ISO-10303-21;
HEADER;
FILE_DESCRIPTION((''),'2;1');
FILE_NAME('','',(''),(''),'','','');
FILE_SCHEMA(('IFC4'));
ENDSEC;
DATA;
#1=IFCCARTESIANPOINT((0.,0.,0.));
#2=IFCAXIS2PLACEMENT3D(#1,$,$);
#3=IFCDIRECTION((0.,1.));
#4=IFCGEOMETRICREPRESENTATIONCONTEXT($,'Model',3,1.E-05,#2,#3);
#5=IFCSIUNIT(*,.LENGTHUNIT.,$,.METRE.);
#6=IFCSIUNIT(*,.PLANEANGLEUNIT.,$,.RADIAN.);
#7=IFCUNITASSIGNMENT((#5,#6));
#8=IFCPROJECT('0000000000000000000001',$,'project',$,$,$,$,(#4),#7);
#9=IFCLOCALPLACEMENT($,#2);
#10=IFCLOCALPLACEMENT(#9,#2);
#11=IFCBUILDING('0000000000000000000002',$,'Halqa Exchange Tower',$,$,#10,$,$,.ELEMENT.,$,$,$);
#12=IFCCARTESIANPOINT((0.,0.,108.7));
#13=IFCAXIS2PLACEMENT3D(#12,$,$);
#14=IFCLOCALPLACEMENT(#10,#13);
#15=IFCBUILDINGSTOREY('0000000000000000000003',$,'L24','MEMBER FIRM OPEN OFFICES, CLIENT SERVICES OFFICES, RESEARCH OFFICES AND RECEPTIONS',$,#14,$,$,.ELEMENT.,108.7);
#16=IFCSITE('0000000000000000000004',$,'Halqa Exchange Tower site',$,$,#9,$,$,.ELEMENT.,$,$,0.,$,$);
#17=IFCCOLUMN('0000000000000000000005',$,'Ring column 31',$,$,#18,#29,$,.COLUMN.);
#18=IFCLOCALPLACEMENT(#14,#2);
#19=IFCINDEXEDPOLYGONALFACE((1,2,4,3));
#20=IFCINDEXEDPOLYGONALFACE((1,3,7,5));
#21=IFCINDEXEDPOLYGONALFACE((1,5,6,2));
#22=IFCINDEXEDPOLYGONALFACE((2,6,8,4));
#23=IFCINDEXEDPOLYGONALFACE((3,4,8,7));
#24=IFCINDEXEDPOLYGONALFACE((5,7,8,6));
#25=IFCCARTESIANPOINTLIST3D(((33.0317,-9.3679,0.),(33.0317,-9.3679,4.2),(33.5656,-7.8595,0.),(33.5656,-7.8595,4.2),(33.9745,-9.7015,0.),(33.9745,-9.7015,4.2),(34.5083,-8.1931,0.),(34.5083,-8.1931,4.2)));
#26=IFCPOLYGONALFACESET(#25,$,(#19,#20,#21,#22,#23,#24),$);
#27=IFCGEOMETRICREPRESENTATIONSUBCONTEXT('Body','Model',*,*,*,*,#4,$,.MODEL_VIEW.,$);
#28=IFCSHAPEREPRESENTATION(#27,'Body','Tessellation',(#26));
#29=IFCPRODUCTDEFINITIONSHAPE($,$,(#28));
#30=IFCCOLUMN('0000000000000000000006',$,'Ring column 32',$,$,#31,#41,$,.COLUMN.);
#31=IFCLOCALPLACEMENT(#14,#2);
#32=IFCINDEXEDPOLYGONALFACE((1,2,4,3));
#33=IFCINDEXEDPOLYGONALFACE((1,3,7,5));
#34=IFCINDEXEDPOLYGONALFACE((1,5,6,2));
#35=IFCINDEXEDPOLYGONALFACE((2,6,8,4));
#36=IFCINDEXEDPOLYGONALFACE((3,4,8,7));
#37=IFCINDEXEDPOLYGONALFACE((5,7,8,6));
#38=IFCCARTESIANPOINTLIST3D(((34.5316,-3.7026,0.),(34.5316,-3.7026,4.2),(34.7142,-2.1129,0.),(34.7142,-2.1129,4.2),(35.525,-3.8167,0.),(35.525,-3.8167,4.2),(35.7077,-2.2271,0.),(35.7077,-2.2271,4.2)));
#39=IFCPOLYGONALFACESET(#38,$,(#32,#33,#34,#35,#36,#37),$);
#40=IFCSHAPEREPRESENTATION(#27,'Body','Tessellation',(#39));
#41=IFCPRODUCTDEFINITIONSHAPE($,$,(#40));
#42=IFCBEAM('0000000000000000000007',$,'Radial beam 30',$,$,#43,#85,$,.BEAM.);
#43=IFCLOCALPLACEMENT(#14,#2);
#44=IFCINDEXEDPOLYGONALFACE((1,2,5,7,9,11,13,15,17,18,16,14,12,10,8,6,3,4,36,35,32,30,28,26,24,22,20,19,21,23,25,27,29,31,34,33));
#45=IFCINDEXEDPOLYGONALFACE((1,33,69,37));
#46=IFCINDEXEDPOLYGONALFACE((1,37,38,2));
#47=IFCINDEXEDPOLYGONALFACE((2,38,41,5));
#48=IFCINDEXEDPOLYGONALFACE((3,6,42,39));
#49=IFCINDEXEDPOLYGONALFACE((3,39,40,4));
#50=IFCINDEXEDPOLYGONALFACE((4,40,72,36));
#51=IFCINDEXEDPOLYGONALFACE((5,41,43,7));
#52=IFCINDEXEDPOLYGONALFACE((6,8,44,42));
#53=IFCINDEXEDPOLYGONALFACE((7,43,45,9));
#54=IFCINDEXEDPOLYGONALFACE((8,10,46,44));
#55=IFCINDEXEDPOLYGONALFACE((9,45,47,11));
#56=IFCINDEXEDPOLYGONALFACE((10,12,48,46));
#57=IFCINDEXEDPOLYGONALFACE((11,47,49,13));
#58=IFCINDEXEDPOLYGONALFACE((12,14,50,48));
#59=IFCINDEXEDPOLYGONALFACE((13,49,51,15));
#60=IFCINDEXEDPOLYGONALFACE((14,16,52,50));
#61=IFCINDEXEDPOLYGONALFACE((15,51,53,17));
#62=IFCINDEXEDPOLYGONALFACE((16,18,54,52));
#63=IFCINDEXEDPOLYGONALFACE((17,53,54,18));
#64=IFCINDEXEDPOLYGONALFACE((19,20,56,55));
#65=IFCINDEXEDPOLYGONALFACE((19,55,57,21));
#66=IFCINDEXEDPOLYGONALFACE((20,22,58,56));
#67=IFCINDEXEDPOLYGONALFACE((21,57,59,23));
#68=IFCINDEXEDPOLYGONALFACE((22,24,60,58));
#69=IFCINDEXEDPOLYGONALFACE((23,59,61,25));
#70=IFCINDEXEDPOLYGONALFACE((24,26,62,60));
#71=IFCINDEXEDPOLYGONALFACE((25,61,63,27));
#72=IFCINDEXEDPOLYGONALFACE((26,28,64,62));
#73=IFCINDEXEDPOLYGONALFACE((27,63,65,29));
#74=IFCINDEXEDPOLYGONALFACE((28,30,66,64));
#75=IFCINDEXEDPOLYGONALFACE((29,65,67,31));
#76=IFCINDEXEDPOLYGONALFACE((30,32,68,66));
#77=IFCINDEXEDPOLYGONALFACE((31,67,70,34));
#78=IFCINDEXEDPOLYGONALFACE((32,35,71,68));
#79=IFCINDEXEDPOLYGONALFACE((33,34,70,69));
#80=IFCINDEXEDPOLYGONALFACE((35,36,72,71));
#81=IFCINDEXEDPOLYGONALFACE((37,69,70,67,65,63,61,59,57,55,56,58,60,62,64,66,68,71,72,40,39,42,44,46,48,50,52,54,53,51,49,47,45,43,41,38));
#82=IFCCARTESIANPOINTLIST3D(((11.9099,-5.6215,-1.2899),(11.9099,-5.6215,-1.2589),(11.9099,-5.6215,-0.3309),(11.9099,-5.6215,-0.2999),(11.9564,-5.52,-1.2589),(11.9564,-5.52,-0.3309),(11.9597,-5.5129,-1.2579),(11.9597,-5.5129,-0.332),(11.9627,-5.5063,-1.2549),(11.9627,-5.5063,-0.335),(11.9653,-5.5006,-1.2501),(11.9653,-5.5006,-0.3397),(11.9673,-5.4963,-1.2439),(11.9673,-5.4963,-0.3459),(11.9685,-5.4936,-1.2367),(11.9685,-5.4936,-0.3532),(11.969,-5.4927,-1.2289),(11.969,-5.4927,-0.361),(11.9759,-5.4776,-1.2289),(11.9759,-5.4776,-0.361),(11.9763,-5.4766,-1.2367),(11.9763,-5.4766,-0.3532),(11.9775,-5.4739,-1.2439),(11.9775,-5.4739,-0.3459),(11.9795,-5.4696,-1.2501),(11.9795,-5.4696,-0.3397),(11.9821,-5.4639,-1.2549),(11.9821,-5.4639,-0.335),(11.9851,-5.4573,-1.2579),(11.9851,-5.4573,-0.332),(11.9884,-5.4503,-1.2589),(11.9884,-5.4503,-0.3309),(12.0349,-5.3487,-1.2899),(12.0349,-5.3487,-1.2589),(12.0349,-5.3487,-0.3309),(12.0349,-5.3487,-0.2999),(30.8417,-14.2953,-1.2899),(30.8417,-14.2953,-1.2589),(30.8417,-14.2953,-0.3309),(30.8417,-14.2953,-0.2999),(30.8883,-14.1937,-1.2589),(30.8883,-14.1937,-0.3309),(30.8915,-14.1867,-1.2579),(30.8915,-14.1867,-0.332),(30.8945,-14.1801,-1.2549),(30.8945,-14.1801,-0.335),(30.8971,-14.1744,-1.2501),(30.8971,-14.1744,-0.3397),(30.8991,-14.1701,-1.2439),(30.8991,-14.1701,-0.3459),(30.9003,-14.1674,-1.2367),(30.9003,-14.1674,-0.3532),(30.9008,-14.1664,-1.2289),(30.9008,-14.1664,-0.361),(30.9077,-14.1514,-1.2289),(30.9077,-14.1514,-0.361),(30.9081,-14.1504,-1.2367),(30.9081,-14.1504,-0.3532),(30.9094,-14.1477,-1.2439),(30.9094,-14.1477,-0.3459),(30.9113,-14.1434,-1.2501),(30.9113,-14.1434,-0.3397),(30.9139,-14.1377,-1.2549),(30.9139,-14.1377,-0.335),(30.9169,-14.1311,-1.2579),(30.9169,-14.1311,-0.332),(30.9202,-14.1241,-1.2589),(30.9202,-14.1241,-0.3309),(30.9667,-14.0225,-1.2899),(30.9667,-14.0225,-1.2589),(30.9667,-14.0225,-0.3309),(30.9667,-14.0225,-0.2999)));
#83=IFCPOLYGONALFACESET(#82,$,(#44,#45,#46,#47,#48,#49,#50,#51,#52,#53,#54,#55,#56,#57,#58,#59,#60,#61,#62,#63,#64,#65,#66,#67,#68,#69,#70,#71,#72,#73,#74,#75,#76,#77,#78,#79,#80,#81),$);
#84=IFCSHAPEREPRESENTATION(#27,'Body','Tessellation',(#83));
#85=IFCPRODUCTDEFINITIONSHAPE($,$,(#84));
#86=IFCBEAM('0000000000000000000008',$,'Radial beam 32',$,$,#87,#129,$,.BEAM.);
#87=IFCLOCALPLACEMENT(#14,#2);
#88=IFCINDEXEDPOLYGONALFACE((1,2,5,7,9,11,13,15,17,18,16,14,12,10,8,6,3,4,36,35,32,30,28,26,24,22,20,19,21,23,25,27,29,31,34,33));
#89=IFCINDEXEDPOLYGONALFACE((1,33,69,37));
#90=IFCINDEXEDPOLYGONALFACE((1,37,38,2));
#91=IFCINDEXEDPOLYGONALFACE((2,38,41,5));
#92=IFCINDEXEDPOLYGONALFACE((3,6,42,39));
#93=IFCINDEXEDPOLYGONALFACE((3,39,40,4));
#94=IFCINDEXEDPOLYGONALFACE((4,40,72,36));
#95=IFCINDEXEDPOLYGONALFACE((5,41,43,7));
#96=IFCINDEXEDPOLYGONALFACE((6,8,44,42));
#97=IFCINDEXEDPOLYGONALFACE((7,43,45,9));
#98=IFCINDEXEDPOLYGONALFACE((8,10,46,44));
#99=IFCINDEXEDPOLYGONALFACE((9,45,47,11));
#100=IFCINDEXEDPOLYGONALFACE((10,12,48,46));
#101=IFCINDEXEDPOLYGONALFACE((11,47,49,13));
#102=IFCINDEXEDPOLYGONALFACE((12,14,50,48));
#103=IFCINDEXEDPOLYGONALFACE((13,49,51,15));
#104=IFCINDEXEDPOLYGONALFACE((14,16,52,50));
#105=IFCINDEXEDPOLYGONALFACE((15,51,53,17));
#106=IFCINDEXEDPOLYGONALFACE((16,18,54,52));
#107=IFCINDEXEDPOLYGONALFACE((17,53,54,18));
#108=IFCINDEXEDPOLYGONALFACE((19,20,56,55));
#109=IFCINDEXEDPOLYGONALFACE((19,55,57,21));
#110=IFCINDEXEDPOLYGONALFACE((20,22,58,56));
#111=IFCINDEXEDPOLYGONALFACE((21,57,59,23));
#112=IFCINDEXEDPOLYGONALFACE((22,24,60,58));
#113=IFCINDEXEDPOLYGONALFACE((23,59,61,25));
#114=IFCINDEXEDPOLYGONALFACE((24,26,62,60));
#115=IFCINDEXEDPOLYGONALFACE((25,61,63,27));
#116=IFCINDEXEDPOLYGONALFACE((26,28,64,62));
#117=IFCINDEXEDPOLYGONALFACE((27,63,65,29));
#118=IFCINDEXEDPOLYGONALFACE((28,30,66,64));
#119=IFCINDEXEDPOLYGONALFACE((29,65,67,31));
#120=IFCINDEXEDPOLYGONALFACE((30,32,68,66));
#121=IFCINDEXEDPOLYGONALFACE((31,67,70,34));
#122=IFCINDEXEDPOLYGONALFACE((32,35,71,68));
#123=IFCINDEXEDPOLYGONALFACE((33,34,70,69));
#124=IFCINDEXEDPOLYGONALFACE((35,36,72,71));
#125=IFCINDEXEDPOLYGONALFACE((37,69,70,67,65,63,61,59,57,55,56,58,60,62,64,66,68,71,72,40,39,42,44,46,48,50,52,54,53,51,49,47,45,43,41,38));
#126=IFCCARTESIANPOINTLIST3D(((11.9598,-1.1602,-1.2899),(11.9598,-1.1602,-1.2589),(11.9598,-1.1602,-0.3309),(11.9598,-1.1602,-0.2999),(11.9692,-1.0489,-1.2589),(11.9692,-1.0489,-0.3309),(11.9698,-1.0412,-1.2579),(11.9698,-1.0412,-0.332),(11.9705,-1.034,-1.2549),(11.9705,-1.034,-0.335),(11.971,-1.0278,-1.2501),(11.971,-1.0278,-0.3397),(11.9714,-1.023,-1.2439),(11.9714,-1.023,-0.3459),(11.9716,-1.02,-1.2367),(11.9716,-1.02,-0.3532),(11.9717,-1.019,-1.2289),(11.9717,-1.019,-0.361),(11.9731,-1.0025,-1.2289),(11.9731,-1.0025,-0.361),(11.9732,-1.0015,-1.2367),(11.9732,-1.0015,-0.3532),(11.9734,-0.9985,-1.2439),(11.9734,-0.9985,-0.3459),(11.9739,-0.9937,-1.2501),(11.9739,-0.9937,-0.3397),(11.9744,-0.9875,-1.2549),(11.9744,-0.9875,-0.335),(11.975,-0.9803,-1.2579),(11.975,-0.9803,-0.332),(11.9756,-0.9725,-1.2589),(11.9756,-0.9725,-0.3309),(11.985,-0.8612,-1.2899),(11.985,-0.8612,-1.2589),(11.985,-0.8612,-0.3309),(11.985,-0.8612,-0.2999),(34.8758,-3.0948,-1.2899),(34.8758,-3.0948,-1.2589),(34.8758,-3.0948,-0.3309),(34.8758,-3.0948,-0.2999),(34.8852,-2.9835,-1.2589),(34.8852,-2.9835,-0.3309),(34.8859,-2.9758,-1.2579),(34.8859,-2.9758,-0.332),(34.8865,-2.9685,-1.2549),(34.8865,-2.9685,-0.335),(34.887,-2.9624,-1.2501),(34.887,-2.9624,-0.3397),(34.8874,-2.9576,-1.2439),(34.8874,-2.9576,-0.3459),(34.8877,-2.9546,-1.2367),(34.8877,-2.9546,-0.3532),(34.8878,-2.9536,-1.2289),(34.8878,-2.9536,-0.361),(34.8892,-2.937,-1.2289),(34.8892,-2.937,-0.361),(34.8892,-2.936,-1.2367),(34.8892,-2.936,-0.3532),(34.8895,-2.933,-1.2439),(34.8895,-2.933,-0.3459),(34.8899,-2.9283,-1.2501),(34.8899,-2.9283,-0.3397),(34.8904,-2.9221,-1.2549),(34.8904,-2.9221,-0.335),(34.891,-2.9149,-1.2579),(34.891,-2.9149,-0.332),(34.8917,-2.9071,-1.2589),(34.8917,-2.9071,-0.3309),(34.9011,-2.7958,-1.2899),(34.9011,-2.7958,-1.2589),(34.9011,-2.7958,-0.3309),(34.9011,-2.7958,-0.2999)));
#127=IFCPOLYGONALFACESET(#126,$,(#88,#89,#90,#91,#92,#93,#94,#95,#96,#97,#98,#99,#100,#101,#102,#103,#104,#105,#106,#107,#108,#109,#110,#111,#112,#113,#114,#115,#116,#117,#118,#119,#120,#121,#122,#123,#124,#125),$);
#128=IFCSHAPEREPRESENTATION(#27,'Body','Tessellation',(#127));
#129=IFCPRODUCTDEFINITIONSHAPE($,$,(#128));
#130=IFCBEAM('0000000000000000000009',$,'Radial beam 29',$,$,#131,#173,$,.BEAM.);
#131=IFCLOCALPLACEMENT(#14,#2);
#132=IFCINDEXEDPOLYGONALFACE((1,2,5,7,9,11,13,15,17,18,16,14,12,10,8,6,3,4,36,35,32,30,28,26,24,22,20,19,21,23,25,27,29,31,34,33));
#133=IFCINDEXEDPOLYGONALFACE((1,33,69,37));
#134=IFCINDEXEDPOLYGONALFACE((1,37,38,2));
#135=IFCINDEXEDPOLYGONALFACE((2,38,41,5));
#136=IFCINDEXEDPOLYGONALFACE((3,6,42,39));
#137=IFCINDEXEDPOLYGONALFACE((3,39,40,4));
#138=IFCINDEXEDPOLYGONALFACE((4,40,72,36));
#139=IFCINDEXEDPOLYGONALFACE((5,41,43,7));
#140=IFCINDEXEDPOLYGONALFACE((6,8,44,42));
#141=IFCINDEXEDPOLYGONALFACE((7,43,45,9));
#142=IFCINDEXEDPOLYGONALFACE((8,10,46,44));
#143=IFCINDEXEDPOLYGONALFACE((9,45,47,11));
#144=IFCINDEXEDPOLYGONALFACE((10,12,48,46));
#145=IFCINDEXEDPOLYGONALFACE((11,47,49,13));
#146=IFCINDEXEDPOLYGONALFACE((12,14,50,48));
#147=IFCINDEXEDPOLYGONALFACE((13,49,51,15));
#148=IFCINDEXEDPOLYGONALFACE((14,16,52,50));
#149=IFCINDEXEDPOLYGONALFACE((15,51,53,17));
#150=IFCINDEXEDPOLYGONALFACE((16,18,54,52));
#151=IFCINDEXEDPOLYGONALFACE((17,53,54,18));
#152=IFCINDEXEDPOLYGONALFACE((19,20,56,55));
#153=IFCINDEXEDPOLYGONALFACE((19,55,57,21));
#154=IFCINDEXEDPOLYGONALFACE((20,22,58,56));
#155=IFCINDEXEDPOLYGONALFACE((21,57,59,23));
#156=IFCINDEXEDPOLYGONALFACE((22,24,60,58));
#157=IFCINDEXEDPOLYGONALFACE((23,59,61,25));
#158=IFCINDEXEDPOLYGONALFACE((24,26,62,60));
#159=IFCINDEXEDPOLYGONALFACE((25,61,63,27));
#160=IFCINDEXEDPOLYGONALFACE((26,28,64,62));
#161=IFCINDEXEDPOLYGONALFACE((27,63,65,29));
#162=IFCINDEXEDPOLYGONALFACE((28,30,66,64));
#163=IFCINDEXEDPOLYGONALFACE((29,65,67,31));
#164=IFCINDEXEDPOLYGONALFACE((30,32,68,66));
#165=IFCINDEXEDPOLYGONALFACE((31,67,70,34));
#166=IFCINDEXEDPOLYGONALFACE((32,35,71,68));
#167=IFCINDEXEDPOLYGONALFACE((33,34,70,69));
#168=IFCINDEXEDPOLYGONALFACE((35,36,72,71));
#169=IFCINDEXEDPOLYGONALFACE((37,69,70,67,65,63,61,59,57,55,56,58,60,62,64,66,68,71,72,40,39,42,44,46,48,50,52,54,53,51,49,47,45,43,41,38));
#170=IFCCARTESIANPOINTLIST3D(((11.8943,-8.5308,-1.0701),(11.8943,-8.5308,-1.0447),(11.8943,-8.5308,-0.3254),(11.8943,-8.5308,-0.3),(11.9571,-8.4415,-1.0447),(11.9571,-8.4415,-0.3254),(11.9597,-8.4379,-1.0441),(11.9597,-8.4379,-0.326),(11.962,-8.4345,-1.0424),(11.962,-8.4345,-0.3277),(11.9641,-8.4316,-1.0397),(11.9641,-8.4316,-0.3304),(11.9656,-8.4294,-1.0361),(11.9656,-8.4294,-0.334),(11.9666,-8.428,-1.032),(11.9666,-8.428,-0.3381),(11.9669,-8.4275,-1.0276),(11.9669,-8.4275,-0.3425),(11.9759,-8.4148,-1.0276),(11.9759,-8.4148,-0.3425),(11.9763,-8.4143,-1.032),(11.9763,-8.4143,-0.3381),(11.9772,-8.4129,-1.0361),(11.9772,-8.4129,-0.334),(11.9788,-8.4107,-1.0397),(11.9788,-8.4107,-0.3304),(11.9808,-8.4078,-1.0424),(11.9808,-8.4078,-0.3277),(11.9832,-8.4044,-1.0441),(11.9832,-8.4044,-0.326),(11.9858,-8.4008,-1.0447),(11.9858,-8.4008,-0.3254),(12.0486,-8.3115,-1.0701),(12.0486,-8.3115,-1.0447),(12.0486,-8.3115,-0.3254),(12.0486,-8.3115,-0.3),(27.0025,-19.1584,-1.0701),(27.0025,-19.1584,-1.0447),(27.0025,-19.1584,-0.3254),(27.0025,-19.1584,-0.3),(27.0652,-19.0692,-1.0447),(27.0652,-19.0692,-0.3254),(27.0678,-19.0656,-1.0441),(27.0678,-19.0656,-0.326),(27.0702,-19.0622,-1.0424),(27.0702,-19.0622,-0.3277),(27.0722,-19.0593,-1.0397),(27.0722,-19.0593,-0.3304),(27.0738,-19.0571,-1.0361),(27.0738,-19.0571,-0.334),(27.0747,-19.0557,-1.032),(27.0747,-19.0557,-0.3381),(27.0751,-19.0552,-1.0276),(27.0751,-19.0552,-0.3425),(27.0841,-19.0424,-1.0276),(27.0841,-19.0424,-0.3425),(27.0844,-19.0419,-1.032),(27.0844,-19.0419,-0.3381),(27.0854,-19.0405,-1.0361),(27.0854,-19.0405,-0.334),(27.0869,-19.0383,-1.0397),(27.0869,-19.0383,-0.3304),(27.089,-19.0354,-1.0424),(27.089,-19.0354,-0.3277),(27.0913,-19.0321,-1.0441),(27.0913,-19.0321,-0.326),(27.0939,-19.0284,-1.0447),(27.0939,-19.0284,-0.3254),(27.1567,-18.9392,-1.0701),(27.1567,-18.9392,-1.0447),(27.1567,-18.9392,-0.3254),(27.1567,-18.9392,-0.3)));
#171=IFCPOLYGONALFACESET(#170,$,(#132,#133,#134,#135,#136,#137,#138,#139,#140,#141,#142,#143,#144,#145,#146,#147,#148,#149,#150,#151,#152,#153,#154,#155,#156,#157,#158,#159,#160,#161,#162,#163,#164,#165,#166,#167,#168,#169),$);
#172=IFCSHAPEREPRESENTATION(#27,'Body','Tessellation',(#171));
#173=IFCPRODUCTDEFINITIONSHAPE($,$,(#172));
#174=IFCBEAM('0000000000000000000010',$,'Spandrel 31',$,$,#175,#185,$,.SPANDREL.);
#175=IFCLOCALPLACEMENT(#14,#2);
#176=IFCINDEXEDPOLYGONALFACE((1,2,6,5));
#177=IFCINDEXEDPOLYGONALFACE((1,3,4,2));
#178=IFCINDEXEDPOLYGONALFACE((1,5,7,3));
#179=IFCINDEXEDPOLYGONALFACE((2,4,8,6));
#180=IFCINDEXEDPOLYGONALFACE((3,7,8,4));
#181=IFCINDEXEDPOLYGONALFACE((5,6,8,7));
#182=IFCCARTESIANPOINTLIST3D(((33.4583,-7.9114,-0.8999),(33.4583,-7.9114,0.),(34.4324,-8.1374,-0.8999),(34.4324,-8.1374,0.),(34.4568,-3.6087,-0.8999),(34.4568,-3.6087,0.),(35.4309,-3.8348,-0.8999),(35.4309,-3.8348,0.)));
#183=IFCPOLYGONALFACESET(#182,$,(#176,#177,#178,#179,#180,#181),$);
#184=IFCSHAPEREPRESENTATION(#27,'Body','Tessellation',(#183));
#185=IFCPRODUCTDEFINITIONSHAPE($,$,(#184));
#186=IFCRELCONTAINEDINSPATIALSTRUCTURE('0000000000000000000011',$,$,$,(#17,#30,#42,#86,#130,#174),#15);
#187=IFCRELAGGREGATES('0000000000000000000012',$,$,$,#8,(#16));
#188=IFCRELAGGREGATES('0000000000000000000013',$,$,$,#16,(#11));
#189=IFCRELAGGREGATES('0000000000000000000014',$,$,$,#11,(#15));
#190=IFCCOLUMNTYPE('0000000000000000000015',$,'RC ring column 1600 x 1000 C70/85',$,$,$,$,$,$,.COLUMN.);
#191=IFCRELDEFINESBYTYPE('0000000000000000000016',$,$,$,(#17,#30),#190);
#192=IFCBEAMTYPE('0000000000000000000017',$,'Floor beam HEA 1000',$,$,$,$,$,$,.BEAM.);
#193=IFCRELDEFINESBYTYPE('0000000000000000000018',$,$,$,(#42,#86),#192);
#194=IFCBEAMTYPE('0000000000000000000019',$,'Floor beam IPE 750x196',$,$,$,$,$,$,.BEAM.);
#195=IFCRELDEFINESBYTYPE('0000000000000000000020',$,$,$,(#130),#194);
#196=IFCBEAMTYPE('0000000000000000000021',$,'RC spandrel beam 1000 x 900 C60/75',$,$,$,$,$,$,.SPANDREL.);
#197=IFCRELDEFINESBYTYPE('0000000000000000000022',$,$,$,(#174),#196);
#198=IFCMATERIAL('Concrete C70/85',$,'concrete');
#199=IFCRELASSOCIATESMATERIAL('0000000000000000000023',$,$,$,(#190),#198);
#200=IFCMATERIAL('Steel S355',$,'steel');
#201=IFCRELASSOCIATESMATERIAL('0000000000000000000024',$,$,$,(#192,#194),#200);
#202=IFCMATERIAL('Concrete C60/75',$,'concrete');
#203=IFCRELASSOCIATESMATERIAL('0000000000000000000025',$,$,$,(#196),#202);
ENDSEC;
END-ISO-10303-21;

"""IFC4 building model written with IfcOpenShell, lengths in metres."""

from ifc_helpers import new_model, si_unit, direction, frame, origin, origin_2d, place, context, subcontext, project, spatial, rectangle, i_section, extrude, material, material_profile, profile_set, type_object, element, save


model = new_model("IFC4")

# Units and contexts
model_context = context("Model", 3, precision=1e-05, world=origin(), true_north=direction((0.0, 1.0)))
body_context = subcontext(model_context, "Body", "Model", "MODEL_VIEW")
ifc_project = project(units=[si_unit("LENGTHUNIT", "METRE"), si_unit("PLANEANGLEUNIT", "RADIAN")], contexts=[model_context])

# Site, building, storey
site_placement = place(None, origin())
site = spatial("IfcSite", under=ifc_project, at=site_placement, Name="Halqa Exchange Tower site", CompositionType="ELEMENT", RefElevation=0.0)
building_placement = place(site_placement, origin())
building = spatial("IfcBuilding", under=site, at=building_placement, Name="Halqa Exchange Tower", CompositionType="ELEMENT")
storey_placement = place(building_placement, frame((0.0, 0.0, 108.7)))
storey = spatial("IfcBuildingStorey", under=building, at=storey_placement, Name="L24", Description="MEMBER FIRM OPEN OFFICES, CLIENT SERVICES OFFICES, RESEARCH OFFICES AND RECEPTIONS", CompositionType="ELEMENT", Elevation=108.7)

# Columns
ifc_material_1 = material(Name="Concrete C70/85", Category="concrete")
ifc_material_profile_1 = material_profile(ifc_material_1, rectangle(XDim=1.6001, YDim=1.0, at=origin_2d()), Name="1600 x 1000")
ifc_profile_set_1 = profile_set([ifc_material_profile_1], Name="Concrete C70/85")
column_type = type_object("IfcColumnType", Name="RC ring column 1600 x 1000 C70/85", PredefinedType="COLUMN", material=ifc_profile_set_1)
for number, where, z_axis, x_axis, name in (
    (1, (33.77, -8.7805, 0.0), (0.0, 0.0, 1.0), (0.333626, 0.942706, 0.0), "Ring column 31"),
    (2, (35.1196, -2.9648, 0.0), (0.0, 0.0, 1.0), (0.114162, 0.993462, 0.0), "Ring column 32"),
):
    element("IfcColumn", number, at=place(storey_placement, frame(where, z_axis=z_axis, x_axis=x_axis)), inside=storey, type_object=column_type, Name=name, PredefinedType="COLUMN", context=body_context, shape_type="SweptSolid", body=[
        extrude(rectangle(XDim=1.6001, YDim=1.0, at=origin_2d()), origin(), (0.0, 0.0, 1.0), 4.2),
    ])

# Beams
ifc_material_2 = material(Name="Steel S355", Category="steel")
ifc_material_profile_2 = material_profile(ifc_material_2, i_section(OverallWidth=0.3, OverallDepth=0.99, WebThickness=0.0166, FlangeThickness=0.031, FilletRadius=0.03, at=origin_2d()), Name="HEA 1000")
ifc_profile_set_2 = profile_set([ifc_material_profile_2], Name="Steel S355")
beam_type_1 = type_object("IfcBeamType", Name="Floor beam HEA 1000", PredefinedType="BEAM", material=ifc_profile_set_2)
beam_1_placement = place(storey_placement, frame((11.9724, -5.4851, -0.7949), z_axis=(0.909125, -0.416524, 0.0), x_axis=(0.416524, 0.909125, 0.0)))
element("IfcBeam", 3, at=beam_1_placement, inside=storey, type_object=beam_type_1, Name="Radial beam 30", PredefinedType="BEAM", context=body_context, shape_type="SweptSolid", body=[
    extrude(i_section(OverallWidth=0.3, OverallDepth=0.99, WebThickness=0.0166, FlangeThickness=0.031, FilletRadius=0.03, at=origin_2d()), origin(), (0.0, 0.0, 1.0), 20.8242),
])
beam_2_placement = place(storey_placement, frame((11.9724, -1.0107, -0.7949), z_axis=(0.996456, -0.084121, 0.0), x_axis=(0.084121, 0.996456, 0.0)))
element("IfcBeam", 4, at=beam_2_placement, inside=storey, type_object=beam_type_1, Name="Radial beam 32", PredefinedType="BEAM", context=body_context, shape_type="SweptSolid", body=[
    extrude(i_section(OverallWidth=0.3, OverallDepth=0.99, WebThickness=0.0166, FlangeThickness=0.031, FilletRadius=0.03, at=origin_2d()), origin(), (0.0, 0.0, 1.0), 22.9976),
])
ifc_material_profile_3 = material_profile(ifc_material_2, i_section(OverallWidth=0.2681, OverallDepth=0.77, WebThickness=0.0156, FlangeThickness=0.0254, FilletRadius=0.0171, at=origin_2d()), Name="IPE 750x196")
ifc_profile_set_3 = profile_set([ifc_material_profile_3], Name="Steel S355")
beam_type_2 = type_object("IfcBeamType", Name="Floor beam IPE 750x196", PredefinedType="BEAM", material=ifc_profile_set_3)
beam_3_placement = place(storey_placement, frame((11.9714, -8.4211, -0.6851), z_axis=(0.817908, -0.575349, 0.0), x_axis=(0.575349, 0.817908, 0.0)))
element("IfcBeam", 5, at=beam_3_placement, inside=storey, type_object=beam_type_2, Name="Radial beam 29", PredefinedType="BEAM", context=body_context, shape_type="SweptSolid", body=[
    extrude(i_section(OverallWidth=0.2681, OverallDepth=0.77, WebThickness=0.0156, FlangeThickness=0.0254, FilletRadius=0.0171, at=origin_2d()), origin(), (0.0, 0.0, 1.0), 18.4717),
])
ifc_material_3 = material(Name="Concrete C60/75", Category="concrete")
ifc_material_profile_4 = material_profile(ifc_material_3, rectangle(XDim=1.0, YDim=0.8999, at=origin_2d()), Name="1000 x 900")
ifc_profile_set_4 = profile_set([ifc_material_profile_4], Name="Concrete C60/75")
beam_type_3 = type_object("IfcBeamType", Name="RC spandrel beam 1000 x 900 C60/75", PredefinedType="SPANDREL", material=ifc_profile_set_4)
beam_4_placement = place(storey_placement, frame((33.9453, -8.0244, -0.45), z_axis=(0.226062, 0.974113, 0.0), x_axis=(-0.974113, 0.226062, 0.0)))
element("IfcBeam", 6, at=beam_4_placement, inside=storey, type_object=beam_type_3, Name="Spandrel 31", PredefinedType="SPANDREL", context=body_context, shape_type="SweptSolid", body=[
    extrude(rectangle(XDim=1.0, YDim=0.8999, at=origin_2d()), origin(), (0.0, 0.0, 1.0), 4.417),
])

save(model, "model.ifc")
